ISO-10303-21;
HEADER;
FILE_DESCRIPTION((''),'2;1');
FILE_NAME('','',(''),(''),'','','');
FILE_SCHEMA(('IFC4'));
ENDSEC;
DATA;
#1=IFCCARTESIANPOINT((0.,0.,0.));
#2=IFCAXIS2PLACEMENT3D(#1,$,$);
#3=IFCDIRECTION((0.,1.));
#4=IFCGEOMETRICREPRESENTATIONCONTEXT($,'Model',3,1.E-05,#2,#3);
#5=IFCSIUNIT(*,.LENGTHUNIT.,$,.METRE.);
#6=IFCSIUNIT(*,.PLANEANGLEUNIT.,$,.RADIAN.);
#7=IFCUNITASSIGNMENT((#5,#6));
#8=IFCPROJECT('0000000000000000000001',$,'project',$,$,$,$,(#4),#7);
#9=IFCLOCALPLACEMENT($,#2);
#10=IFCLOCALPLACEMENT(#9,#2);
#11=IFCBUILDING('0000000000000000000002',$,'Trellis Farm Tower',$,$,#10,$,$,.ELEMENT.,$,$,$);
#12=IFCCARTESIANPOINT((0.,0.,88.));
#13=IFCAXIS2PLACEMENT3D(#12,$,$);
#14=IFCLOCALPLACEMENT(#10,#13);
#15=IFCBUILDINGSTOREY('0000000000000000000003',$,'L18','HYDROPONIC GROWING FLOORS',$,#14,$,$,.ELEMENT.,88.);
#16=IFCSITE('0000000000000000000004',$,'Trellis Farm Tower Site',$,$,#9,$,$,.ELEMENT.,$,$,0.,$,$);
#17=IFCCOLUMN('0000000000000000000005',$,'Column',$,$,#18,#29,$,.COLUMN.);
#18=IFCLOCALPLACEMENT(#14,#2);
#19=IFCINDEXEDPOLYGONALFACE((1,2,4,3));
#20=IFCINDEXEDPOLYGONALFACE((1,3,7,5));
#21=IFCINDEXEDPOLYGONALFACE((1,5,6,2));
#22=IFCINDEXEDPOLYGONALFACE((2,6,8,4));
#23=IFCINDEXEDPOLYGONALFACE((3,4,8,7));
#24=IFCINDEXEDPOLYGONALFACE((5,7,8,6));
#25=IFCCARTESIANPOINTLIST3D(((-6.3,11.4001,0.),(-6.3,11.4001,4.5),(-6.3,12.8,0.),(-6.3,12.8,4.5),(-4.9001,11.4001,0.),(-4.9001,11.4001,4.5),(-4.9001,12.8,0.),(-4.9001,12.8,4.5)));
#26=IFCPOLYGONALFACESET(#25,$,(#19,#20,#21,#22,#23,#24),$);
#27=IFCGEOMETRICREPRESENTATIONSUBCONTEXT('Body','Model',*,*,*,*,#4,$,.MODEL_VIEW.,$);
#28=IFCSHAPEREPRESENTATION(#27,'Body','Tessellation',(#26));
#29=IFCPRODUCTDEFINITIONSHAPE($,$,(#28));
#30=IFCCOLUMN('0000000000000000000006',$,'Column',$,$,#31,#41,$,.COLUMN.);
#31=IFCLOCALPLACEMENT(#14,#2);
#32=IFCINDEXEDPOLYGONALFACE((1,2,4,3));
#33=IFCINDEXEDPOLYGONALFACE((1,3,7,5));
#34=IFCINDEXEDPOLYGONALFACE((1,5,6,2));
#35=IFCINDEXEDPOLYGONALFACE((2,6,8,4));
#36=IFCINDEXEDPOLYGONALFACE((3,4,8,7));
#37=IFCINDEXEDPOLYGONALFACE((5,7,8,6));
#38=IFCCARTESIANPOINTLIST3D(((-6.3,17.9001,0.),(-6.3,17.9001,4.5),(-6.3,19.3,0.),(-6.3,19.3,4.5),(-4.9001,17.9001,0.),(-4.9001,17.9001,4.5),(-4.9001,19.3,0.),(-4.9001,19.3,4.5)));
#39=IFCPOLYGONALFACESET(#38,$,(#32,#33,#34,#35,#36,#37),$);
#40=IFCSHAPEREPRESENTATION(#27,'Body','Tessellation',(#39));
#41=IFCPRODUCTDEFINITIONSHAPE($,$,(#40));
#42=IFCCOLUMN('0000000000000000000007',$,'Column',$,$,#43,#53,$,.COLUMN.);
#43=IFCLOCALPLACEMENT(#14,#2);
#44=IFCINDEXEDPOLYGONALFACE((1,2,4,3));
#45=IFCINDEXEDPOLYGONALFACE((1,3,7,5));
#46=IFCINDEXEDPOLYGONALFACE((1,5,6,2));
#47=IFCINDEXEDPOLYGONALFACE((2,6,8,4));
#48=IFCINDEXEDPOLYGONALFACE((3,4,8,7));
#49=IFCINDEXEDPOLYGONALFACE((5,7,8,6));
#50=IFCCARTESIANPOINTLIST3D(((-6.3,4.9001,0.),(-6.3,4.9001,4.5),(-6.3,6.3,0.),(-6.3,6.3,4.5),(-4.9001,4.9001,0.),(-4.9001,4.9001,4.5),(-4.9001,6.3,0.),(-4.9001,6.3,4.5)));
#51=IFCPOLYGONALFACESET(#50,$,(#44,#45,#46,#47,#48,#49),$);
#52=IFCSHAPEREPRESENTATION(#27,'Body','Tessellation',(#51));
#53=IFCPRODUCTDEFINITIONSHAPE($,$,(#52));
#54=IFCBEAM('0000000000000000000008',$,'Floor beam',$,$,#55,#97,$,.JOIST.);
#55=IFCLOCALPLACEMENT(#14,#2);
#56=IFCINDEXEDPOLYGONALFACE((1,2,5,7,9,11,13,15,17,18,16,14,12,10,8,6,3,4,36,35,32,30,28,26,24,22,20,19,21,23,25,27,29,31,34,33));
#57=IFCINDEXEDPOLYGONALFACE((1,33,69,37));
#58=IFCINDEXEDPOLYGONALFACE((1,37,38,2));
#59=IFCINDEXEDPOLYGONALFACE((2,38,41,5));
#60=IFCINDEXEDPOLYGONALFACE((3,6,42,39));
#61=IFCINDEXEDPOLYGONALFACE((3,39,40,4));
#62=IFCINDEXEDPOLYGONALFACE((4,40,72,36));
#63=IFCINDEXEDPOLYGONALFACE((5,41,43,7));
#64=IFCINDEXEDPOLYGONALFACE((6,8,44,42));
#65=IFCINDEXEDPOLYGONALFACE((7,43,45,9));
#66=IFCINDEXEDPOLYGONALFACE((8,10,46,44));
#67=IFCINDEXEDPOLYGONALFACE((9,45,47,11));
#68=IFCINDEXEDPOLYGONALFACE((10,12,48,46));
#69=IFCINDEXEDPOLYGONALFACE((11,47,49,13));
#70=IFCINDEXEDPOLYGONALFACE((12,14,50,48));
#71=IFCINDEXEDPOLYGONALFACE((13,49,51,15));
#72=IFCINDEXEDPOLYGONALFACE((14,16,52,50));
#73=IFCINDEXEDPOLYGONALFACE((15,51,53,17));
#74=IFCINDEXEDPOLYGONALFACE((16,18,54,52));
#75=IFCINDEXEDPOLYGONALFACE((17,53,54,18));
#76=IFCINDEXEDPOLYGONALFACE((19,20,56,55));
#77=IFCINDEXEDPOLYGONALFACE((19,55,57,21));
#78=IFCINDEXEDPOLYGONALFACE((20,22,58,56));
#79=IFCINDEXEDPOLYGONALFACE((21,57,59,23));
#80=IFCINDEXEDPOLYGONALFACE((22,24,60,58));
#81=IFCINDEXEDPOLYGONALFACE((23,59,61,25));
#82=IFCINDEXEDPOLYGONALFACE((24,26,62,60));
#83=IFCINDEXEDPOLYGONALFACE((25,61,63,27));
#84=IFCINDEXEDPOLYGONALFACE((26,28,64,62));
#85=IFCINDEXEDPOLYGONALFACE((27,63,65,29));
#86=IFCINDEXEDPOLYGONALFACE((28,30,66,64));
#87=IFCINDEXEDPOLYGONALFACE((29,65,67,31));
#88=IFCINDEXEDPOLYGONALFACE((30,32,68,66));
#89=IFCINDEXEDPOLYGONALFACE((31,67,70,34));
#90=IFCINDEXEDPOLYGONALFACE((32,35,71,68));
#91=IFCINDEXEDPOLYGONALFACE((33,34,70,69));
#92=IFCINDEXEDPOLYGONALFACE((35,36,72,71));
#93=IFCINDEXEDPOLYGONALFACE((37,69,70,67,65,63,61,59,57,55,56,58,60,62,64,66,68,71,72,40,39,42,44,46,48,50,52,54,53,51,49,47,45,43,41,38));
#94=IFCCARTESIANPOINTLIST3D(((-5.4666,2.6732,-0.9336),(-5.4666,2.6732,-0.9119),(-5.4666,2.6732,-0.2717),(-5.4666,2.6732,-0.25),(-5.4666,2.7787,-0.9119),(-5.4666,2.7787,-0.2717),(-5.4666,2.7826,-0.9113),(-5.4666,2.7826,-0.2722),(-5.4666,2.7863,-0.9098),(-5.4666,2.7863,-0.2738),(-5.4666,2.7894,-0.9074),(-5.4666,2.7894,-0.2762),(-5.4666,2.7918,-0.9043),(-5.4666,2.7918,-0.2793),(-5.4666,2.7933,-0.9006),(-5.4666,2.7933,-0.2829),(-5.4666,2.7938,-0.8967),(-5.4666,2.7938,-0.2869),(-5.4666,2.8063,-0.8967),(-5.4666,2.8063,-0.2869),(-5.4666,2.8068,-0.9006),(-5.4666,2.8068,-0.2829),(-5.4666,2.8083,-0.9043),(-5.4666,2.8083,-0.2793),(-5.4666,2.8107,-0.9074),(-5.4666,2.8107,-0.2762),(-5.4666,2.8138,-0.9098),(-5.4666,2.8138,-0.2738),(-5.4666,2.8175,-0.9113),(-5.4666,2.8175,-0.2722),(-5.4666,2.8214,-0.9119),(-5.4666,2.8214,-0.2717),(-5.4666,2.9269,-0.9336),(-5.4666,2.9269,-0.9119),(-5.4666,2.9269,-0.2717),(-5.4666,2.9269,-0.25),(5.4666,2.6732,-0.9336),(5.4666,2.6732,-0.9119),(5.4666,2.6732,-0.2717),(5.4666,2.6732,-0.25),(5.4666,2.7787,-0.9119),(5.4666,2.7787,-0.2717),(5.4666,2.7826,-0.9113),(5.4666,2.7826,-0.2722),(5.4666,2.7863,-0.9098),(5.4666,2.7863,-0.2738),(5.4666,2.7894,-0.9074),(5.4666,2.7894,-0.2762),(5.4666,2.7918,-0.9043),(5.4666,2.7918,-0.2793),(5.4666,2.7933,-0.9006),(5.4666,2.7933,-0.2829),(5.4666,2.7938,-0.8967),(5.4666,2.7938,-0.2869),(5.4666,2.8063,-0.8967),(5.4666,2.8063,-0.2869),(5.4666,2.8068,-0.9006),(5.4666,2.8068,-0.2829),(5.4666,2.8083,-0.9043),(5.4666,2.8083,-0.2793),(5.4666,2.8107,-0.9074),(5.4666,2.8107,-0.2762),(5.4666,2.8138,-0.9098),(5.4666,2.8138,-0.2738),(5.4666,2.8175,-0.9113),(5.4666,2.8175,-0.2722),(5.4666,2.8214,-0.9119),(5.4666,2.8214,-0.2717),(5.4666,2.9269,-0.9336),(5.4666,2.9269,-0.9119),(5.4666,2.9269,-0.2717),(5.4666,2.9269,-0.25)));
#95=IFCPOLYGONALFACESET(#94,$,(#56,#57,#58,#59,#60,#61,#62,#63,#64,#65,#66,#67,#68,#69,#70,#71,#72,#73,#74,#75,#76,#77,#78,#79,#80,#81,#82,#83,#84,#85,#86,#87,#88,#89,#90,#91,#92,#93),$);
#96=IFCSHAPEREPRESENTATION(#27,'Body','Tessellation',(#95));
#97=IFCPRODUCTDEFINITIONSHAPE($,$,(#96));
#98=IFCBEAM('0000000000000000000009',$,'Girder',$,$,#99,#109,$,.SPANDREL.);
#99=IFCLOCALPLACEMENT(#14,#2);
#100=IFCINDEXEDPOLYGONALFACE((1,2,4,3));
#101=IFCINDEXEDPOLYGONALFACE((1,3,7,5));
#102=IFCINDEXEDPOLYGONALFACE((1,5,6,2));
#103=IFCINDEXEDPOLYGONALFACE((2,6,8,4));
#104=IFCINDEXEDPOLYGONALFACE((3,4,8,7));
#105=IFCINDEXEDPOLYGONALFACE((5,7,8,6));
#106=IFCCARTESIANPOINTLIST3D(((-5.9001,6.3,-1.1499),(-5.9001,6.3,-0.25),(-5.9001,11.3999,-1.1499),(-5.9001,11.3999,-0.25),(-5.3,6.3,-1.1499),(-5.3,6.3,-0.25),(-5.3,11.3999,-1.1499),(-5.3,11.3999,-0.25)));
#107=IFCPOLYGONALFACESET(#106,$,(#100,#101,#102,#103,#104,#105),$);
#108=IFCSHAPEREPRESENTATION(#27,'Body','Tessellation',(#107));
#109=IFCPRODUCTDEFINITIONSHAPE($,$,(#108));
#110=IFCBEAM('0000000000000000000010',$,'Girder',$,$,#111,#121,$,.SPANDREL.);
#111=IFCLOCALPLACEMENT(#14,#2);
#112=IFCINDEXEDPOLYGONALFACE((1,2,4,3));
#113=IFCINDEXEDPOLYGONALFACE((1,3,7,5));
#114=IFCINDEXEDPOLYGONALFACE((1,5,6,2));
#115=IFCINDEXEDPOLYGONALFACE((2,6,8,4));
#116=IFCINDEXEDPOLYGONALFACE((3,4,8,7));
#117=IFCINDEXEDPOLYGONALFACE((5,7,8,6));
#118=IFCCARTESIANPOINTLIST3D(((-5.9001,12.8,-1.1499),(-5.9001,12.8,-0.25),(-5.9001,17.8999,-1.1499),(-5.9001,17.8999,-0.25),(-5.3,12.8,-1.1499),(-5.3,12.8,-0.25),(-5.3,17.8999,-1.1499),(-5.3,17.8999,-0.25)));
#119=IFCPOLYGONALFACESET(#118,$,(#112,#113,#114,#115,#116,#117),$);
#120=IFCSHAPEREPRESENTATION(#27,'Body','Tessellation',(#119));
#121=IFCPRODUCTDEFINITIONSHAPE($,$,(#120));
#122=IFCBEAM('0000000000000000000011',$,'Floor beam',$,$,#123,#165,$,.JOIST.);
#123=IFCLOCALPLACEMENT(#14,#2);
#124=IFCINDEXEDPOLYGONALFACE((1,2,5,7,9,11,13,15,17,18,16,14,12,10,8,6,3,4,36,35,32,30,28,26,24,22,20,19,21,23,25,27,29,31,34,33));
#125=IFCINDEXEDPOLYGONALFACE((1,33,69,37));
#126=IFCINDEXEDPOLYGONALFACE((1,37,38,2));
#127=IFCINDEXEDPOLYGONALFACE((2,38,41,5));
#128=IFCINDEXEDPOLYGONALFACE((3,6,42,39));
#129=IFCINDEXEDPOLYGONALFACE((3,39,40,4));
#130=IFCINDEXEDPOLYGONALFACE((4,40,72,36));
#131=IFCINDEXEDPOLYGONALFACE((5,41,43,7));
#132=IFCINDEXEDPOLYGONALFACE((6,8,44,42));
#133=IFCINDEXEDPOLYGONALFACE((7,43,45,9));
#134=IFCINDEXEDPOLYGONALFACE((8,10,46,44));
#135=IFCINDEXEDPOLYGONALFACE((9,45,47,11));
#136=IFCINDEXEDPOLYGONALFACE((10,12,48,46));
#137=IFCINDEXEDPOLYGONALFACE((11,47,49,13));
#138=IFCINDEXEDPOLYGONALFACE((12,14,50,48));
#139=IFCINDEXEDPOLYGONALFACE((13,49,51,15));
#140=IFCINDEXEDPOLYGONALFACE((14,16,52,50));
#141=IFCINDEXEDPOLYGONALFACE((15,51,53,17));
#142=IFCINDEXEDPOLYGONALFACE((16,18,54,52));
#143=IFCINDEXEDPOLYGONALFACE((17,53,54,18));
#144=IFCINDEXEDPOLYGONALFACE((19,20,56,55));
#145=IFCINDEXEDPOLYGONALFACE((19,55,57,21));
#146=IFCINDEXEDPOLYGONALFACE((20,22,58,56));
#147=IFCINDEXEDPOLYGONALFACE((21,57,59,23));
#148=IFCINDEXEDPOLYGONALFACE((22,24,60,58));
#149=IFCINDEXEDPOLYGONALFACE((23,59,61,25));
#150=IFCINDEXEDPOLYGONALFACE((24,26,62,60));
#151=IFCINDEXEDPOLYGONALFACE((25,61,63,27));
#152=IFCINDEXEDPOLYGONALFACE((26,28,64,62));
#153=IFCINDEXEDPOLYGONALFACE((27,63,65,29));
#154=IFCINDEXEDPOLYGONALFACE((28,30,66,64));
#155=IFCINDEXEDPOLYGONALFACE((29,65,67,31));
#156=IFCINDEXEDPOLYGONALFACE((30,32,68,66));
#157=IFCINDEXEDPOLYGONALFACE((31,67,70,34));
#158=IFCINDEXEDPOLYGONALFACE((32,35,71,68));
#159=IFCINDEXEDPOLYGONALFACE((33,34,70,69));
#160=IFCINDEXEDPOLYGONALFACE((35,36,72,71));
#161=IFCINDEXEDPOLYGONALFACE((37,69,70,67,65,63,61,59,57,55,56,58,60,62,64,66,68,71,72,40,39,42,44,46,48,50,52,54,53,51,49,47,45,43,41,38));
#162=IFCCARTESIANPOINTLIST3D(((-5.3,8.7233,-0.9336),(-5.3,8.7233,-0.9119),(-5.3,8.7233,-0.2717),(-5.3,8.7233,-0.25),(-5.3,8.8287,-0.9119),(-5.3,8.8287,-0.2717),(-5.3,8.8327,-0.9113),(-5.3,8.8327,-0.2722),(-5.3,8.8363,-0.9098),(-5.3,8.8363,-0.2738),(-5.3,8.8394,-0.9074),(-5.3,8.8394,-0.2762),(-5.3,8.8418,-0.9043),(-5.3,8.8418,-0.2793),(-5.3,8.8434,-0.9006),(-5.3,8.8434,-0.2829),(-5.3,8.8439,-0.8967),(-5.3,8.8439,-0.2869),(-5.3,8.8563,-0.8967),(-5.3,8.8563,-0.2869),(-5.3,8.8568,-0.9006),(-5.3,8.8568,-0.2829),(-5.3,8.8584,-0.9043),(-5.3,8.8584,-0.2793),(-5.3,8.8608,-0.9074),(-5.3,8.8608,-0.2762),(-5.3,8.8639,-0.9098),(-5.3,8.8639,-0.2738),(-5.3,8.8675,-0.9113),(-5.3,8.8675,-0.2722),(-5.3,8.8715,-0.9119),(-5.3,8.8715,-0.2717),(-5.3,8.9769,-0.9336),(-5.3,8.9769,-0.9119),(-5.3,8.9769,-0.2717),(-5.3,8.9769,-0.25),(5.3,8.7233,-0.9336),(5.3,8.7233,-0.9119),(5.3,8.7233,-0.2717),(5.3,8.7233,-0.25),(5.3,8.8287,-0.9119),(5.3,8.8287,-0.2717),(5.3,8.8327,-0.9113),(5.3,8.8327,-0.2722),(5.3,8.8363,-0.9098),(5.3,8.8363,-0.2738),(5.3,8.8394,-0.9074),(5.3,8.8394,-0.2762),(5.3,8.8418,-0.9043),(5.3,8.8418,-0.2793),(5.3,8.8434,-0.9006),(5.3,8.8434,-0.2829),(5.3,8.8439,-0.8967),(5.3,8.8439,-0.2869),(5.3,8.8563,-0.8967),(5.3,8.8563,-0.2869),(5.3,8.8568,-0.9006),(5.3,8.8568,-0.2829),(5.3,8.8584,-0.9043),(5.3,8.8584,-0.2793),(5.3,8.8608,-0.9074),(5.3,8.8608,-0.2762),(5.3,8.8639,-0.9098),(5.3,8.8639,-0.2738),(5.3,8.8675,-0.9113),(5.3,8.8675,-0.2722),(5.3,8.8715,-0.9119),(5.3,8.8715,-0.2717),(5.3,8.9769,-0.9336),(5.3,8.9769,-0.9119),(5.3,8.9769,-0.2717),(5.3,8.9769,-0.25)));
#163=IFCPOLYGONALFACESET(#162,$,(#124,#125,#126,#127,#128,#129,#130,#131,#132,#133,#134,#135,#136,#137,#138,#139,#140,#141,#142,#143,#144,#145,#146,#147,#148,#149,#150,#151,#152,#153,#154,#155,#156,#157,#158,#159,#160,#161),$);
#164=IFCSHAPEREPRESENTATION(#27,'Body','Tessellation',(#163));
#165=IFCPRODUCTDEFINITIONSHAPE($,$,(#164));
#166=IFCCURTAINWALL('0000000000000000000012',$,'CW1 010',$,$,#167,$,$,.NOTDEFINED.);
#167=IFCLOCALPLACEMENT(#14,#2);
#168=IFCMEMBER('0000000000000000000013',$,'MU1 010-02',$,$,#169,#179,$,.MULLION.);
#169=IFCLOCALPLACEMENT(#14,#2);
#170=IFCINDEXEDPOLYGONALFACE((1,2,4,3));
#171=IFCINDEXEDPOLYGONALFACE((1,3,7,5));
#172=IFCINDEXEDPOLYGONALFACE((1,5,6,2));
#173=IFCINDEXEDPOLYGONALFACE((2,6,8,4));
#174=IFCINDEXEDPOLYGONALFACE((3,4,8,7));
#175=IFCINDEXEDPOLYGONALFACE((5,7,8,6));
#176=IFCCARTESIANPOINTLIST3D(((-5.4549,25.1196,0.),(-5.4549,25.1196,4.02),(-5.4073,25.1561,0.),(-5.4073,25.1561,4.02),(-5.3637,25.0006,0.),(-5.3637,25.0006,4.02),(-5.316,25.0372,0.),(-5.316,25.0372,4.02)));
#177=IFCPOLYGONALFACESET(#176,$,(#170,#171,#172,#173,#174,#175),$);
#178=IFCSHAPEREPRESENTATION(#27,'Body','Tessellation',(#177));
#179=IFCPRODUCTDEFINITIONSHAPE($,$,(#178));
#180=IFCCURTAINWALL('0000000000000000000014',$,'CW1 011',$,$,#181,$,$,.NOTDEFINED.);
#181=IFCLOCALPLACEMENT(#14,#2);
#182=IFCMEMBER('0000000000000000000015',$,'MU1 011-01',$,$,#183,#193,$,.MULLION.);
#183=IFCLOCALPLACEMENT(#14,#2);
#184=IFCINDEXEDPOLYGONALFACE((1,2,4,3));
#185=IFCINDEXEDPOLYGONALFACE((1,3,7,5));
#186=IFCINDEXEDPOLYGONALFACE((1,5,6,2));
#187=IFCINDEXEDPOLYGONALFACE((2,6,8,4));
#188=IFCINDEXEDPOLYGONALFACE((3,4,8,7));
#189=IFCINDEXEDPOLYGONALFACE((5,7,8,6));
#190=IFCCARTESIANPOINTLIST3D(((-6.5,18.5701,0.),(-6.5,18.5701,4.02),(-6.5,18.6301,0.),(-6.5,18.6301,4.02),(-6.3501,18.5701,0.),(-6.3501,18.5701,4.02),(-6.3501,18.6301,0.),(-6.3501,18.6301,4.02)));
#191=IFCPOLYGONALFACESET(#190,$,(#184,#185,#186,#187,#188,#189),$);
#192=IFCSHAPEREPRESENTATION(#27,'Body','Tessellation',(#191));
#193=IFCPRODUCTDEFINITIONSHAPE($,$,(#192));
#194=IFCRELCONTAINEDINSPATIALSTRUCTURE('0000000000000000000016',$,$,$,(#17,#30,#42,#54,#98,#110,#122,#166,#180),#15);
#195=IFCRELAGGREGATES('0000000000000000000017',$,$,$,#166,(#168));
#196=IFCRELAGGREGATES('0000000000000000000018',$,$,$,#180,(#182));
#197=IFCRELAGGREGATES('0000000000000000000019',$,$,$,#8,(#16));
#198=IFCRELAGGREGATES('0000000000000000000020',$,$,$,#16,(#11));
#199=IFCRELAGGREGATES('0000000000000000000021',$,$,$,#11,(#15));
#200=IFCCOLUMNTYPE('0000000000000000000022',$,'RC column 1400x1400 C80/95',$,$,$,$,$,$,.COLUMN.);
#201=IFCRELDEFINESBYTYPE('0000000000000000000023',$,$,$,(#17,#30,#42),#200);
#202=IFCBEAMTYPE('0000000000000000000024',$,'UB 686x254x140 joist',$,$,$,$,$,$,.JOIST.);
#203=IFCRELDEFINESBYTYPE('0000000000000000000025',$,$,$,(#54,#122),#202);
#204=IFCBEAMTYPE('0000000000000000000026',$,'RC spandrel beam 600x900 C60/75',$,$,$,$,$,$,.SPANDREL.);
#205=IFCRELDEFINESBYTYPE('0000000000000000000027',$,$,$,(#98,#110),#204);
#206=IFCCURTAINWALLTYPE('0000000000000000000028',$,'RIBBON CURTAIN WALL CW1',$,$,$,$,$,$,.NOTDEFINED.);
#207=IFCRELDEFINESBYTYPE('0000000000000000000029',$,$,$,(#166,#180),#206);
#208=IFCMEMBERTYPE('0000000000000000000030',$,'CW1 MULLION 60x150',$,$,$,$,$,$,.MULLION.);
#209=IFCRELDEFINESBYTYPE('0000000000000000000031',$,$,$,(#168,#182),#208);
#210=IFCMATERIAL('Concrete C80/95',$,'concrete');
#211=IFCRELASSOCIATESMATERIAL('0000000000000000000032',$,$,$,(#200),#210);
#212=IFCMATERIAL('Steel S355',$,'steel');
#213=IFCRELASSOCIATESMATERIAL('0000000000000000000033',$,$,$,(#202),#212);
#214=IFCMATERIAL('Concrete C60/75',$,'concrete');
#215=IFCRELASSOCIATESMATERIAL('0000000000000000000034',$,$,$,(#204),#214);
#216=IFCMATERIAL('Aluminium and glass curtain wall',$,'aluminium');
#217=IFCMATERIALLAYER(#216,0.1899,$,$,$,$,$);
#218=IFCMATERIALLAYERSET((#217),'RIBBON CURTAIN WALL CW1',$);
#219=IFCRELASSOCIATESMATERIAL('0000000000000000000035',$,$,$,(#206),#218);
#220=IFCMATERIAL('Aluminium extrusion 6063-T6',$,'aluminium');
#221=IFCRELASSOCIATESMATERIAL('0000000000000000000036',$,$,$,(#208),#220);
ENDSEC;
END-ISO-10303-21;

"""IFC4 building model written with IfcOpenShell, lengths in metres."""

from ifc_helpers import new_model, si_unit, direction, frame, origin, origin_2d, place, context, subcontext, project, spatial, rectangle, i_section, extrude, source, transform, mapped, material, layer, layer_set, material_profile, profile_set, type_object, element, aggregate, save


model = new_model("IFC4")

# Units and contexts
model_context = context("Model", 3, precision=1e-05, world=origin(), true_north=direction((0.0, 1.0)))
body_context = subcontext(model_context, "Body", "Model", "MODEL_VIEW")
ifc_project = project(units=[si_unit("LENGTHUNIT", "METRE"), si_unit("PLANEANGLEUNIT", "RADIAN")], contexts=[model_context])

# Site, building, storey
site_placement = place(None, origin())
site = spatial("IfcSite", under=ifc_project, at=site_placement, Name="Trellis Farm Tower Site", CompositionType="ELEMENT", RefElevation=0.0)
building_placement = place(site_placement, origin())
building = spatial("IfcBuilding", under=site, at=building_placement, Name="Trellis Farm Tower", CompositionType="ELEMENT")
storey_placement = place(building_placement, frame((0.0, 0.0, 88.0)))
storey = spatial("IfcBuildingStorey", under=building, at=storey_placement, Name="L18", Description="HYDROPONIC GROWING FLOORS", CompositionType="ELEMENT", Elevation=88.0)

# Columns
ifc_material_1 = material(Name="Concrete C80/95", Category="concrete")
ifc_material_profile_1 = material_profile(ifc_material_1, rectangle(XDim=1.3999, YDim=1.3999, at=origin_2d()), Name="RC column 1400x1400 C80/95")
ifc_profile_set_1 = profile_set([ifc_material_profile_1], Name="Concrete C80/95")
column_type = type_object("IfcColumnType", Name="RC column 1400x1400 C80/95", PredefinedType="COLUMN", material=ifc_profile_set_1)
shared_shape_1 = source(origin(), body_context, "Body", "SweptSolid", [
    extrude(rectangle(XDim=1.3999, YDim=1.3999, at=origin_2d()), origin(), (0.0, 0.0, 1.0), 4.5),
])
for number, where, z_axis, x_axis, name in (
    (1, (-5.6001, 12.1001, 0.0), (0.0, 0.0, 1.0), (1.0, 0.0, 0.0), "Column"),
    (2, (-5.6001, 18.6001, 0.0), (0.0, 0.0, 1.0), (1.0, 0.0, 0.0), "Column"),
    (3, (-5.6001, 5.6001, 0.0), (0.0, 0.0, 1.0), (1.0, 0.0, 0.0), "Column"),
):
    element("IfcColumn", number, at=place(storey_placement, frame(where, z_axis=z_axis, x_axis=x_axis)), inside=storey, type_object=column_type, Name=name, PredefinedType="COLUMN", context=body_context, shape_type="MappedRepresentation", body=[
        mapped(shared_shape_1, transform((0.0, 0.0, 0.0))),
    ])

# Beams
ifc_material_2 = material(Name="Steel S355", Category="steel")
ifc_material_profile_2 = material_profile(ifc_material_2, i_section(OverallWidth=0.2537, OverallDepth=0.6836, WebThickness=0.0125, FlangeThickness=0.0217, FilletRadius=0.0151, at=origin_2d()), Name="UB 686x254x140")
ifc_profile_set_2 = profile_set([ifc_material_profile_2], Name="Steel S355")
beam_type_1 = type_object("IfcBeamType", Name="UB 686x254x140 joist", PredefinedType="JOIST", material=ifc_profile_set_2)
shared_shape_2 = source(origin(), body_context, "Body", "SweptSolid", [
    extrude(i_section(OverallWidth=0.2537, OverallDepth=0.6836, WebThickness=0.0125, FlangeThickness=0.0217, FilletRadius=0.0151, at=origin_2d()), origin(), (0.0, 0.0, 1.0), 10.9331),
])
beam_1_placement = place(storey_placement, frame((-5.4666, 2.8, -0.5918), z_axis=(1.0, 0.0, 0.0), x_axis=(0.0, 1.0, 0.0)))
element("IfcBeam", 4, at=beam_1_placement, inside=storey, type_object=beam_type_1, Name="Floor beam", PredefinedType="JOIST", context=body_context, shape_type="MappedRepresentation", body=[
    mapped(shared_shape_2, transform((0.0, 0.0, 0.0))),
])
ifc_material_3 = material(Name="Concrete C60/75", Category="concrete")
ifc_material_profile_3 = material_profile(ifc_material_3, rectangle(XDim=0.6001, YDim=0.8999, at=origin_2d()), Name="RC spandrel beam 600x900 C60/75")
ifc_profile_set_3 = profile_set([ifc_material_profile_3], Name="Concrete C60/75")
beam_type_2 = type_object("IfcBeamType", Name="RC spandrel beam 600x900 C60/75", PredefinedType="SPANDREL", material=ifc_profile_set_3)
shared_shape_3 = source(origin(), body_context, "Body", "SweptSolid", [
    extrude(rectangle(XDim=0.6001, YDim=0.8999, at=origin_2d()), origin(), (0.0, 0.0, 1.0), 5.0999),
])
for number, where, z_axis, x_axis, name in (
    (5, (-5.6001, 6.3, -0.7), (0.0, 1.0, 0.0), (-1.0, 0.0, 0.0), "Girder"),
    (6, (-5.6001, 12.8, -0.7), (0.0, 1.0, 0.0), (-1.0, 0.0, 0.0), "Girder"),
):
    element("IfcBeam", number, at=place(storey_placement, frame(where, z_axis=z_axis, x_axis=x_axis)), inside=storey, type_object=beam_type_2, Name=name, PredefinedType="SPANDREL", context=body_context, shape_type="MappedRepresentation", body=[
        mapped(shared_shape_3, transform((0.0, 0.0, 0.0))),
    ])
shared_shape_4 = source(origin(), body_context, "Body", "SweptSolid", [
    extrude(i_section(OverallWidth=0.2537, OverallDepth=0.6836, WebThickness=0.0125, FlangeThickness=0.0217, FilletRadius=0.0151, at=origin_2d()), origin(), (0.0, 0.0, 1.0), 10.6001),
])
beam_2_placement = place(storey_placement, frame((-5.3, 8.8501, -0.5918), z_axis=(1.0, 0.0, 0.0), x_axis=(0.0, 1.0, 0.0)))
element("IfcBeam", 7, at=beam_2_placement, inside=storey, type_object=beam_type_1, Name="Floor beam", PredefinedType="JOIST", context=body_context, shape_type="MappedRepresentation", body=[
    mapped(shared_shape_4, transform((0.0, 0.0, 0.0))),
])

# Curtain wall, member
ifc_material_4 = material(Name="Aluminium and glass curtain wall", Category="aluminium")
ifc_layer_1 = layer(ifc_material_4, 0.1899)
ifc_layer_set_1 = layer_set([ifc_layer_1], Name="RIBBON CURTAIN WALL CW1")
curtain_wall_type_1 = type_object("IfcCurtainWallType", Name="RIBBON CURTAIN WALL CW1", PredefinedType="NOTDEFINED", material=ifc_layer_set_1)
placement = place(storey_placement, origin())
curtain_wall_1 = element("IfcCurtainWall", 8, at=placement, inside=storey, type_object=curtain_wall_type_1, Name="CW1 010", PredefinedType="NOTDEFINED")
ifc_material_5 = material(Name="Aluminium extrusion 6063-T6", Category="aluminium")
ifc_material_profile_4 = material_profile(ifc_material_5, rectangle(XDim=0.0601, YDim=0.1499, at=origin_2d()), Name="MULLION 60x150")
ifc_profile_set_4 = profile_set([ifc_material_profile_4], Name="Aluminium extrusion 6063-T6")
member_type_1 = type_object("IfcMemberType", Name="CW1 MULLION 60x150", PredefinedType="MULLION", material=ifc_profile_set_4)
shared_shape_5 = source(origin(), body_context, "Body", "SweptSolid", [
    extrude(rectangle(XDim=0.0601, YDim=0.1499, at=origin_2d()), origin(), (0.0, 0.0, 1.0), 4.02),
])
member_1_placement = place(storey_placement, frame((-5.3855, 25.0784, 0.0), z_axis=(0.0, 0.0, 1.0), x_axis=(-0.793353, -0.608761, 0.0)))
member_1 = element("IfcMember", 9, at=member_1_placement, type_object=member_type_1, Name="MU1 010-02", PredefinedType="MULLION", context=body_context, shape_type="MappedRepresentation", body=[
    mapped(shared_shape_5, transform((0.0, 0.0, 0.0))),
])
aggregate(curtain_wall_1, [member_1])

# Curtain wall, member
curtain_wall_2 = element("IfcCurtainWall", 10, at=placement, inside=storey, type_object=curtain_wall_type_1, Name="CW1 011", PredefinedType="NOTDEFINED")
member_2_placement = place(storey_placement, frame((-6.425, 18.6001, 0.0), z_axis=(0.0, 0.0, 1.0), x_axis=(0.0, -1.0, 0.0)))
member_2 = element("IfcMember", 11, at=member_2_placement, type_object=member_type_1, Name="MU1 011-01", PredefinedType="MULLION", context=body_context, shape_type="MappedRepresentation", body=[
    mapped(shared_shape_5, transform((0.0, 0.0, 0.0))),
])
aggregate(curtain_wall_2, [member_2])

save(model, "model.ifc")
